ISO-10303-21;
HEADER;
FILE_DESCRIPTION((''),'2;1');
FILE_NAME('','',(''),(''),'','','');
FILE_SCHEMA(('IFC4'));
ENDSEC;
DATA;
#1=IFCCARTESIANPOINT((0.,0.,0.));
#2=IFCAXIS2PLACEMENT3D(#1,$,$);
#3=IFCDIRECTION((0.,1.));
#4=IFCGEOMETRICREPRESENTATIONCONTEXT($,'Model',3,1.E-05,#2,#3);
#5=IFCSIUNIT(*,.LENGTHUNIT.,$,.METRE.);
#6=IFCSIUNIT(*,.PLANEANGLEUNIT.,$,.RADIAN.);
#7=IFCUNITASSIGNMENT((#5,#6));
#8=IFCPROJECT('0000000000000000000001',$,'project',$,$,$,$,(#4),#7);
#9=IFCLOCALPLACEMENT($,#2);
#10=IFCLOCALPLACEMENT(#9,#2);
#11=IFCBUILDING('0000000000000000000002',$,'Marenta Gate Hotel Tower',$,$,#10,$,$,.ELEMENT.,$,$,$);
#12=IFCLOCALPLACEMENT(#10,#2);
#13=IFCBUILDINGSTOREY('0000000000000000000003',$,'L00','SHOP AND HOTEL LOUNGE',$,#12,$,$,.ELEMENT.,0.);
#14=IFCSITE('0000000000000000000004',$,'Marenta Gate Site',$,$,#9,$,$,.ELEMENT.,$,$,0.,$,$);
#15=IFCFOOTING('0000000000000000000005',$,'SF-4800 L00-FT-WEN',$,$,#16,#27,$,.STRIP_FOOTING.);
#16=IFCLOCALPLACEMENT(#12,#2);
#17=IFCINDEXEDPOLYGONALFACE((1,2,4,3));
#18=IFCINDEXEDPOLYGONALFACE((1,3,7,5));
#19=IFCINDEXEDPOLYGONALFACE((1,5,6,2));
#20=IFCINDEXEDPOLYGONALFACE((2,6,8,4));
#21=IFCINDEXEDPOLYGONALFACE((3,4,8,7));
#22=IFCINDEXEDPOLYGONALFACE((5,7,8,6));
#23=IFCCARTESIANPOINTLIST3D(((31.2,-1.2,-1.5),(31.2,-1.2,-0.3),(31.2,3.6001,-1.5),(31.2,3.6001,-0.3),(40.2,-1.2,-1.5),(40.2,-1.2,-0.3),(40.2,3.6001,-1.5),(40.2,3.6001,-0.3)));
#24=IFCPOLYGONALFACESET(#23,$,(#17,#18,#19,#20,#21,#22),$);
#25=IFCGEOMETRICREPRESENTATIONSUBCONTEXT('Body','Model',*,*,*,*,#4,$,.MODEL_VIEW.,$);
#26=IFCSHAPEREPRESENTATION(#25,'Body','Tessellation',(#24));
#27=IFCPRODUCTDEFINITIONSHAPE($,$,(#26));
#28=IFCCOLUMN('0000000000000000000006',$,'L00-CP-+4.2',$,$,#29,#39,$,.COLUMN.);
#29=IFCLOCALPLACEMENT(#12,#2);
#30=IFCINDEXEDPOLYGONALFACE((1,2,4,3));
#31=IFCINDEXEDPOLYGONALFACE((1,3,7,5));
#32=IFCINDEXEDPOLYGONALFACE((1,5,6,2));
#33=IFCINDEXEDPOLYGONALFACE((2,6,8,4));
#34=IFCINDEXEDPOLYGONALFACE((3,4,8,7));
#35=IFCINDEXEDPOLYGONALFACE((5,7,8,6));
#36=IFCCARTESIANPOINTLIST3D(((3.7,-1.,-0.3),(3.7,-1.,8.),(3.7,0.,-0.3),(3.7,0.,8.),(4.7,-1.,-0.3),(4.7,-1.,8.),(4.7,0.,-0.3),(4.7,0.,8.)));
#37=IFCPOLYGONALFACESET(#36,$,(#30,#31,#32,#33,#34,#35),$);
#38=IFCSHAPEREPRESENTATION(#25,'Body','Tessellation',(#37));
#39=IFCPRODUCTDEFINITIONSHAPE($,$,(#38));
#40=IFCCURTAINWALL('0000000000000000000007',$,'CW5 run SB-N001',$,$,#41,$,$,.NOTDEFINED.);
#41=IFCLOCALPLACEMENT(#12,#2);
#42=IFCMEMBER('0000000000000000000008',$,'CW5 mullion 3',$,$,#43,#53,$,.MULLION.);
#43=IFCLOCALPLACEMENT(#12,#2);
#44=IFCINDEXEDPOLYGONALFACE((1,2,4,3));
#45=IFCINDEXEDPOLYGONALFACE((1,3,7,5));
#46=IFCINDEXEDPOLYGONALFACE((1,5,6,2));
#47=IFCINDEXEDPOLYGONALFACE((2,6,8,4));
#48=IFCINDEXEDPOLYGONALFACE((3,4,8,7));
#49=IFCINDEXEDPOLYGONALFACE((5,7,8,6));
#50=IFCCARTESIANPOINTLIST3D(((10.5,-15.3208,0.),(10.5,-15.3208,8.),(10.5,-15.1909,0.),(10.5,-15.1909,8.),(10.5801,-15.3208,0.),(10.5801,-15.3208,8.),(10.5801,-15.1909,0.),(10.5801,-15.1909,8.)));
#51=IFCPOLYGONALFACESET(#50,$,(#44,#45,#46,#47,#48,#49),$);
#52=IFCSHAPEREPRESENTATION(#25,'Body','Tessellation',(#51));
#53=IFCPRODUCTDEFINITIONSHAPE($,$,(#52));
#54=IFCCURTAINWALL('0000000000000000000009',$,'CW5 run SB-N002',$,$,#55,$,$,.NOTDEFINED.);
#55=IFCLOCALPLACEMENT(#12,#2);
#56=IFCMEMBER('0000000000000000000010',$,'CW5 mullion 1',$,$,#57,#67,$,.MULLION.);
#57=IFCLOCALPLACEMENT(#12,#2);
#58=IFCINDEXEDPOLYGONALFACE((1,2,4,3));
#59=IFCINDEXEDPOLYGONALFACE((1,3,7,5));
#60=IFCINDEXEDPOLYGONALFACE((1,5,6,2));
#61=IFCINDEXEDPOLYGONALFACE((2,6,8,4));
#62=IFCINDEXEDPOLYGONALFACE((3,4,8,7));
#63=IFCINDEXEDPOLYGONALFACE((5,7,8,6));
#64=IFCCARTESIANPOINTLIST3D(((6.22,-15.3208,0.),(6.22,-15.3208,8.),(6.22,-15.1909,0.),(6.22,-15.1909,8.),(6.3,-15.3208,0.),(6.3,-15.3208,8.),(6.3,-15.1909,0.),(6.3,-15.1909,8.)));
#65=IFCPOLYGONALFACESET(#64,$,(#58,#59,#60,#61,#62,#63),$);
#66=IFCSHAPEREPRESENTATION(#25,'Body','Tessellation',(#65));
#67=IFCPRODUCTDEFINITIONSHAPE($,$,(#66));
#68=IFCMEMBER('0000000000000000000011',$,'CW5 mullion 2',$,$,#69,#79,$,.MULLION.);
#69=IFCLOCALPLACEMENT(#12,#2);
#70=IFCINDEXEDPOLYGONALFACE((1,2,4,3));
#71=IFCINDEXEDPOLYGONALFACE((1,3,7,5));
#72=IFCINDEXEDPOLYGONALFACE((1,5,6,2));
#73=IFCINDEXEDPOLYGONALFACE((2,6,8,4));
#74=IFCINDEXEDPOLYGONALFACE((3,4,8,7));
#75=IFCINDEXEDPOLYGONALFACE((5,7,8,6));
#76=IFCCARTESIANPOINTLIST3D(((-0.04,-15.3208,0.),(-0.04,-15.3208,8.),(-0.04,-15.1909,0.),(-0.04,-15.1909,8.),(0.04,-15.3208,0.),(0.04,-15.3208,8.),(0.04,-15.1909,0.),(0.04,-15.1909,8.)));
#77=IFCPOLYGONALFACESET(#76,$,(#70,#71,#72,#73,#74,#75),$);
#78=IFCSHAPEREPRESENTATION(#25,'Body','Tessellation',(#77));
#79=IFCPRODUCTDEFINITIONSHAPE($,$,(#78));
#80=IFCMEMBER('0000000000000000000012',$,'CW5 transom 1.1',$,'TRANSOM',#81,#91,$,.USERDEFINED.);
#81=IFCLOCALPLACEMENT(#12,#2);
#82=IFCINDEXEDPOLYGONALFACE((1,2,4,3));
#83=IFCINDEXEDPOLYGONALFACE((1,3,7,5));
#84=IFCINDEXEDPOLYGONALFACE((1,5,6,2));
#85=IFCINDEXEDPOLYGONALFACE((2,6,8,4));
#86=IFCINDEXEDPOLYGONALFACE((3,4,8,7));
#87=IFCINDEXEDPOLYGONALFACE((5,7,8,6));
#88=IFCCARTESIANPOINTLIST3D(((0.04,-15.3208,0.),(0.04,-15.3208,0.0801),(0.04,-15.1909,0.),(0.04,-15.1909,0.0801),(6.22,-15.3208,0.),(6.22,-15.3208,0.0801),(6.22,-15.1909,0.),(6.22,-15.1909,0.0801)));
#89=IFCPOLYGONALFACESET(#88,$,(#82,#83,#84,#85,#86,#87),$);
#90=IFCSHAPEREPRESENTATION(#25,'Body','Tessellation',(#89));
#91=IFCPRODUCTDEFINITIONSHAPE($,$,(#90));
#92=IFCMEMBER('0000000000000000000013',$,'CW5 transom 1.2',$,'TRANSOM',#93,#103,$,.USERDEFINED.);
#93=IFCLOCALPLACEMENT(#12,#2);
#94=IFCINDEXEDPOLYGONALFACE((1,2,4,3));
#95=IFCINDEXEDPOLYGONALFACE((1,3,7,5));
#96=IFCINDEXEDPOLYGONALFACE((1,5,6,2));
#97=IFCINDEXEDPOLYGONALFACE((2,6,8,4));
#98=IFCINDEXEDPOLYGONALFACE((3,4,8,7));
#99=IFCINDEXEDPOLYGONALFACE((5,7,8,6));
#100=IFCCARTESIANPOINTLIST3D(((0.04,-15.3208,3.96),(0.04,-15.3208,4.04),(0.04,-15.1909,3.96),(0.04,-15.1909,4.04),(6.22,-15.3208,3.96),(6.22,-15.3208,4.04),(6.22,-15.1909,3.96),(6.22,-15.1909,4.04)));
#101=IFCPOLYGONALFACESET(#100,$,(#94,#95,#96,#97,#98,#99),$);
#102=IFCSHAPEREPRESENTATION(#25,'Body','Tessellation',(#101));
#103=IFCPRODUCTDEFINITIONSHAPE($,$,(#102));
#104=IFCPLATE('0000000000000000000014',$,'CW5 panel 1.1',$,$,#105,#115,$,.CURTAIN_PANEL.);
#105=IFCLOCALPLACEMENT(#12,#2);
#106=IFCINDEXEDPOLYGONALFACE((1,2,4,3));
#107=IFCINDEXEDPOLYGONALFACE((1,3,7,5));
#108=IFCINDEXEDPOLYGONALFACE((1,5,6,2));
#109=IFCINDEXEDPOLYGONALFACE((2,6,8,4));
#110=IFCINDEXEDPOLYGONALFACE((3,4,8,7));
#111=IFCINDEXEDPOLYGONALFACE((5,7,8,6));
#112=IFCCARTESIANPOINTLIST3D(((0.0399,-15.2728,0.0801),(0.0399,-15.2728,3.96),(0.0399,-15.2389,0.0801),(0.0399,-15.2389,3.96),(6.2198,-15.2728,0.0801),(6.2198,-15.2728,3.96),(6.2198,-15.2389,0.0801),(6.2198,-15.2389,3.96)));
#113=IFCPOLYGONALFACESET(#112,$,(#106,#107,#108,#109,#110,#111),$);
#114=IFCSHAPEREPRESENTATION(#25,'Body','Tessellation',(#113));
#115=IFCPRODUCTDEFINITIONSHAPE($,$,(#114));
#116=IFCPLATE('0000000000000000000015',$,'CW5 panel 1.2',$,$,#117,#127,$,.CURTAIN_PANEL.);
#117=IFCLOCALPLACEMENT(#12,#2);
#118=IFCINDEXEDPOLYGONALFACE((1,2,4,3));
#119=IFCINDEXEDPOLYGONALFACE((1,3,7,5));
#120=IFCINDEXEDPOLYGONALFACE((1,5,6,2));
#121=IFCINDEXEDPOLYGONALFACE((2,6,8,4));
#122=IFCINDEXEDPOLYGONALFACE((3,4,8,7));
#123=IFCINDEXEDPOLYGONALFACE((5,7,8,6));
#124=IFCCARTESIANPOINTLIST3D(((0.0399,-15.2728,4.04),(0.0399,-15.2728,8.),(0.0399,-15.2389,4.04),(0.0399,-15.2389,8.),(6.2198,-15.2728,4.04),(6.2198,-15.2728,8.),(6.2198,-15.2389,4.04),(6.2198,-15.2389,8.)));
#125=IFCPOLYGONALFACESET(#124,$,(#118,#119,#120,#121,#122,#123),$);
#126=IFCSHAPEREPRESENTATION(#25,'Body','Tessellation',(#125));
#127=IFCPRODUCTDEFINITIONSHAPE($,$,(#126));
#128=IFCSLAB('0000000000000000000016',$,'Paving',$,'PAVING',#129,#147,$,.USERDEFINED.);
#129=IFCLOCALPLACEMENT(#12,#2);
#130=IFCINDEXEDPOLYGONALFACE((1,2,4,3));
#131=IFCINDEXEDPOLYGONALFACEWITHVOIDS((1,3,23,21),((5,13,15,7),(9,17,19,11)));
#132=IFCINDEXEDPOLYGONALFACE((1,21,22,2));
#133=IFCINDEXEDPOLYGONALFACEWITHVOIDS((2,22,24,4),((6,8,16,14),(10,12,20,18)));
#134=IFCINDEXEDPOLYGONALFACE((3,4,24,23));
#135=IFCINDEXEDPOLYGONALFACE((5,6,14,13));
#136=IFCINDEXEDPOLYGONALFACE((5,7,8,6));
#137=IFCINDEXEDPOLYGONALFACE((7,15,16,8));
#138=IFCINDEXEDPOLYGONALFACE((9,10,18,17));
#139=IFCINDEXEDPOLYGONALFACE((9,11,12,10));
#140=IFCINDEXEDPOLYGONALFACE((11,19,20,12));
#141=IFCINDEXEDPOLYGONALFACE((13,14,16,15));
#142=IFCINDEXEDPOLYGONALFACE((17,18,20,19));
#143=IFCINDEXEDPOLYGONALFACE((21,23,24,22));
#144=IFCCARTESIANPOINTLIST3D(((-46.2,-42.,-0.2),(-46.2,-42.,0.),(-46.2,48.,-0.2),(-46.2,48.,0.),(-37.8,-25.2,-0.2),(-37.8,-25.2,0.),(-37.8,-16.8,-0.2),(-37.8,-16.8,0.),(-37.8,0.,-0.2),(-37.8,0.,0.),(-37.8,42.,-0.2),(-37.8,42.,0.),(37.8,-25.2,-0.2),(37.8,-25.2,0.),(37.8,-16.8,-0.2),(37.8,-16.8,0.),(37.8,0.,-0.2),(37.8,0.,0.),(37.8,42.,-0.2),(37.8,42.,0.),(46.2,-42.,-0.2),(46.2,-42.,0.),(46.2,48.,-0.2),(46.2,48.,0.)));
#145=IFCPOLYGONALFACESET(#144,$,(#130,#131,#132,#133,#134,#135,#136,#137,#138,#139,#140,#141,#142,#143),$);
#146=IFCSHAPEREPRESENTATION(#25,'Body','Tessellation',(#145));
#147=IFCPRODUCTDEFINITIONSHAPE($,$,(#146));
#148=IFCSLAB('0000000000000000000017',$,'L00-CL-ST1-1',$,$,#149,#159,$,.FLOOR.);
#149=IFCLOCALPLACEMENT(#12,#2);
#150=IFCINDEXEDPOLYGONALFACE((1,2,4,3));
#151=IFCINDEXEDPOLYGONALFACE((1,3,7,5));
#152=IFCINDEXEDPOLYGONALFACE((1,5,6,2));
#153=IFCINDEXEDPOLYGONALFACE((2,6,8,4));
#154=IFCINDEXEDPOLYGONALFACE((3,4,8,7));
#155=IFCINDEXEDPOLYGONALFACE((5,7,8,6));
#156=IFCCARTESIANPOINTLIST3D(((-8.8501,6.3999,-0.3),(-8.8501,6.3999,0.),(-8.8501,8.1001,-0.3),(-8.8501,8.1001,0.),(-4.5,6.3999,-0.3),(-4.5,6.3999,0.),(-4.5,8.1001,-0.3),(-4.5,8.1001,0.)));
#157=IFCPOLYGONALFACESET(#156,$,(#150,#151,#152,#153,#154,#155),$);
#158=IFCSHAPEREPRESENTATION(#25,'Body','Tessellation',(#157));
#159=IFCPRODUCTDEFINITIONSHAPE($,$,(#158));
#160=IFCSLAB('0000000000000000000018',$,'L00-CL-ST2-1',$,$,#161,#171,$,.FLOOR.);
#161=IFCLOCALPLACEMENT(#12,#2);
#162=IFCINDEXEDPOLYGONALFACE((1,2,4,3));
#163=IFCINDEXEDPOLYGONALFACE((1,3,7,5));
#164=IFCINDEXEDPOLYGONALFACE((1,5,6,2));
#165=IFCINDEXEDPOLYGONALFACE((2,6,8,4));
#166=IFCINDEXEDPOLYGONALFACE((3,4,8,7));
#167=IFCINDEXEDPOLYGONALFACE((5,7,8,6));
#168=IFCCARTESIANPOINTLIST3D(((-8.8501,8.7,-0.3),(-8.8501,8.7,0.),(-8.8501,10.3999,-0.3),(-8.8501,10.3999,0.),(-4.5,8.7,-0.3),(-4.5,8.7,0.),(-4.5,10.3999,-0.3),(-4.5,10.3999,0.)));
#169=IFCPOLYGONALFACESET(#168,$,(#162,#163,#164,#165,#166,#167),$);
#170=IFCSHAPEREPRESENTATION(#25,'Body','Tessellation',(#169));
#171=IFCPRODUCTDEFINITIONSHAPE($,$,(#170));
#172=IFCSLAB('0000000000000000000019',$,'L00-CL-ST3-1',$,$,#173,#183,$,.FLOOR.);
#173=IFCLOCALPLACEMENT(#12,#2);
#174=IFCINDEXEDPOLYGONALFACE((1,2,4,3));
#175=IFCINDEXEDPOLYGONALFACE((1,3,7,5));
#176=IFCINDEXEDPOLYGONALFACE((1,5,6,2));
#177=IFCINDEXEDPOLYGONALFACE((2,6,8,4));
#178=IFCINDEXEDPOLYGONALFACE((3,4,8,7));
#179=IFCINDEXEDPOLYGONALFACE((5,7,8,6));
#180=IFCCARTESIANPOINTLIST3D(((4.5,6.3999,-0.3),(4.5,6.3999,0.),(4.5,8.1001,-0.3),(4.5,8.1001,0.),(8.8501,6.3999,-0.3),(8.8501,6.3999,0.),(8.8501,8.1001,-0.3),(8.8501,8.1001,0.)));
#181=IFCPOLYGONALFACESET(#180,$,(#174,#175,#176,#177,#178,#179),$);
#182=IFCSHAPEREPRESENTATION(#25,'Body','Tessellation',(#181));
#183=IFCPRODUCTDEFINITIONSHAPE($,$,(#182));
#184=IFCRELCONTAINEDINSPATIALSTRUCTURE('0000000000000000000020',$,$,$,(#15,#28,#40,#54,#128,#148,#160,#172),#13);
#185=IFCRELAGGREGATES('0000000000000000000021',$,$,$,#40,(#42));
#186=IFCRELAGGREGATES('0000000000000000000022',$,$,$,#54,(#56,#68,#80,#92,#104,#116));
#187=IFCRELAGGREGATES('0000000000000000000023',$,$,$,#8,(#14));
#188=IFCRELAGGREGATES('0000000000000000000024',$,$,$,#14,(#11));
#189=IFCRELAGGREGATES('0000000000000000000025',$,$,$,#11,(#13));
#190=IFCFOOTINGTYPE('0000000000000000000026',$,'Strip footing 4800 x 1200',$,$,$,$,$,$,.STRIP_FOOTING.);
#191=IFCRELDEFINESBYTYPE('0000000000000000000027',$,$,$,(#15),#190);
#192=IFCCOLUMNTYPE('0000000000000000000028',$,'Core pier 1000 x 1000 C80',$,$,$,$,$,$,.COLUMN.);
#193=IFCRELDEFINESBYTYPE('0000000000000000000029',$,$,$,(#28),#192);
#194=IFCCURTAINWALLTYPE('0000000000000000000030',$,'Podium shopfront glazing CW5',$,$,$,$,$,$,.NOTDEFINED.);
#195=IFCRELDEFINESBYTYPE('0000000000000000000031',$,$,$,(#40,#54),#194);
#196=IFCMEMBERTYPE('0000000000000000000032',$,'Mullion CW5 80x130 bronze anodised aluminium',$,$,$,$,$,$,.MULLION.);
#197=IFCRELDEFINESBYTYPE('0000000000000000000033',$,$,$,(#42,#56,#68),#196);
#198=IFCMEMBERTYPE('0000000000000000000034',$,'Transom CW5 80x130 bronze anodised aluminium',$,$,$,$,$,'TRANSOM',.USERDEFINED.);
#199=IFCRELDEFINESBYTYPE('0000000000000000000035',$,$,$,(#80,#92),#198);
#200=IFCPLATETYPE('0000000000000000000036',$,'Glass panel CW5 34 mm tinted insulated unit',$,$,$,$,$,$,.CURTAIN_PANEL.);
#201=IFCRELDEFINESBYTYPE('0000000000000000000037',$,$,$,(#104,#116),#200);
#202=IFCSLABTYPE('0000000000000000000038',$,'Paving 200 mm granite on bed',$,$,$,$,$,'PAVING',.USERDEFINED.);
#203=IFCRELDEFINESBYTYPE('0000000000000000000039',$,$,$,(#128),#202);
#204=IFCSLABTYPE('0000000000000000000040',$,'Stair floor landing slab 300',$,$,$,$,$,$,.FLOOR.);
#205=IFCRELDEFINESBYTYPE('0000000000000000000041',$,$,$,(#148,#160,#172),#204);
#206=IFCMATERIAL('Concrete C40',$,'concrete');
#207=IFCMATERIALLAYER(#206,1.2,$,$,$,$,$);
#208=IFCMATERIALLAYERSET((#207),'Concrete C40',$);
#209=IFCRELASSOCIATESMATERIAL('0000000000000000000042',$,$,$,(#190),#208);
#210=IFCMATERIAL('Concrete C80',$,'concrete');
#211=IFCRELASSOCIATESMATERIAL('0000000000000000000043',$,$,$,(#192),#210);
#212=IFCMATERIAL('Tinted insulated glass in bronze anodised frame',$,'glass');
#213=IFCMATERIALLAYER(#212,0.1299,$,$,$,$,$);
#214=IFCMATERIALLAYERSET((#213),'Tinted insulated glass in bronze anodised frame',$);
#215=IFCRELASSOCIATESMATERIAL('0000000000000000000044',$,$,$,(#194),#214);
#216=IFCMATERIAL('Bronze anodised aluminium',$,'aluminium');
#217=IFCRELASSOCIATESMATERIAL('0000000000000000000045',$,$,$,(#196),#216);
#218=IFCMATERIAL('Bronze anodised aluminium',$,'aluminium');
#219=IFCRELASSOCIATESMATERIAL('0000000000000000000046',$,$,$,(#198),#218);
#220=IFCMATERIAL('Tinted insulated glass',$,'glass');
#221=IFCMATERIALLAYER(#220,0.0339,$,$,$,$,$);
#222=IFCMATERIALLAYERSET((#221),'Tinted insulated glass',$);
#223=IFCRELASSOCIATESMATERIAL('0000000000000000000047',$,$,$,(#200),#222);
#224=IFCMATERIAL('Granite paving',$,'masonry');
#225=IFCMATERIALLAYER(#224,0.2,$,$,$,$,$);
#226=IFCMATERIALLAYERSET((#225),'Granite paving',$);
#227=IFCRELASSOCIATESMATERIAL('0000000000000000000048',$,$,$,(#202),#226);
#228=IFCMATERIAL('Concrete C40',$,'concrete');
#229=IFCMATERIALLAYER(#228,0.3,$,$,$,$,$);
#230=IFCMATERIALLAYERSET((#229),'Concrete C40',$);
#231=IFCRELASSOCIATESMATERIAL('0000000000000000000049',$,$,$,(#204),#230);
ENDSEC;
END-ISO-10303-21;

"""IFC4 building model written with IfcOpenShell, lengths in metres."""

from ifc_helpers import new_model, si_unit, direction, frame, origin, origin_2d, place, context, subcontext, project, spatial, polyline, rectangle, outline, extrude, material, layer, layer_set, material_profile, profile_set, type_object, element, aggregate, save


model = new_model("IFC4")

# Units and contexts
model_context = context("Model", 3, precision=1e-05, world=origin(), true_north=direction((0.0, 1.0)))
body_context = subcontext(model_context, "Body", "Model", "MODEL_VIEW")
ifc_project = project(units=[si_unit("LENGTHUNIT", "METRE"), si_unit("PLANEANGLEUNIT", "RADIAN")], contexts=[model_context])

# Site, building, storey
site_placement = place(None, origin())
site = spatial("IfcSite", under=ifc_project, at=site_placement, Name="Marenta Gate Site", CompositionType="ELEMENT", RefElevation=0.0)
building_placement = place(site_placement, origin())
building = spatial("IfcBuilding", under=site, at=building_placement, Name="Marenta Gate Hotel Tower", CompositionType="ELEMENT")
storey_placement = place(building_placement, origin())
storey = spatial("IfcBuildingStorey", under=building, at=storey_placement, Name="L00", Description="SHOP AND HOTEL LOUNGE", CompositionType="ELEMENT", Elevation=0.0)

# Footing
ifc_material_1 = material(Name="Concrete C40", Category="concrete")
ifc_layer_1 = layer(ifc_material_1, 1.2)
ifc_layer_set_1 = layer_set([ifc_layer_1], Name="Concrete C40")
footing_type_1 = type_object("IfcFootingType", Name="Strip footing 4800 x 1200", PredefinedType="STRIP_FOOTING", material=ifc_layer_set_1)
footing_1_placement = place(storey_placement, frame((0.0, 0.0, -1.5)))
element("IfcFooting", 1, at=footing_1_placement, inside=storey, type_object=footing_type_1, Name="SF-4800 L00-FT-WEN", PredefinedType="STRIP_FOOTING", context=body_context, shape_type="SweptSolid", body=[
    extrude(outline(polyline([(31.2, -1.2), (40.2, -1.2), (40.2, 3.6001), (31.2, 3.6001), (31.2, -1.2)])), origin(), (0.0, 0.0, 1.0), 1.2),
])

# Column
ifc_material_2 = material(Name="Concrete C80", Category="concrete")
ifc_material_profile_1 = material_profile(ifc_material_2, rectangle(XDim=1.0, YDim=1.0, at=origin_2d()), Name="1000 x 1000")
ifc_profile_set_1 = profile_set([ifc_material_profile_1], Name="Concrete C80")
column_type = type_object("IfcColumnType", Name="Core pier 1000 x 1000 C80", PredefinedType="COLUMN", material=ifc_profile_set_1)
column_placement = place(storey_placement, frame((4.2, -0.5, -0.3), z_axis=(0.0, 0.0, 1.0), x_axis=(1.0, 0.0, 0.0)))
element("IfcColumn", 2, at=column_placement, inside=storey, type_object=column_type, Name="L00-CP-+4.2", PredefinedType="COLUMN", context=body_context, shape_type="SweptSolid", body=[
    extrude(rectangle(XDim=1.0, YDim=1.0, at=origin_2d()), origin(), (0.0, 0.0, 1.0), 8.3),
])

# Curtain wall, member
ifc_material_3 = material(Name="Tinted insulated glass in bronze anodised frame", Category="glass")
ifc_layer_2 = layer(ifc_material_3, 0.1299)
ifc_layer_set_2 = layer_set([ifc_layer_2], Name="Tinted insulated glass in bronze anodised frame")
curtain_wall_type = type_object("IfcCurtainWallType", Name="Podium shopfront glazing CW5", PredefinedType="NOTDEFINED", material=ifc_layer_set_2)
curtain_wall_1_placement = place(storey_placement, origin())
curtain_wall_1 = element("IfcCurtainWall", 3, at=curtain_wall_1_placement, inside=storey, type_object=curtain_wall_type, Name="CW5 run SB-N001", PredefinedType="NOTDEFINED")
ifc_material_4 = material(Name="Bronze anodised aluminium", Category="aluminium")
ifc_material_profile_2 = material_profile(ifc_material_4, rectangle(XDim=0.1299, YDim=0.0801, at=origin_2d()), Name="Mullion CW5 80x130 bronze anodised aluminium")
ifc_profile_set_2 = profile_set([ifc_material_profile_2], Name="Bronze anodised aluminium")
member_type_1 = type_object("IfcMemberType", Name="Mullion CW5 80x130 bronze anodised aluminium", PredefinedType="MULLION", material=ifc_profile_set_2)
member_1_placement = place(storey_placement, frame((10.54, -15.2559, 0.0), z_axis=(0.0, 0.0, 1.0), x_axis=(0.0, -1.0, 0.0)))
member_1 = element("IfcMember", 4, at=member_1_placement, type_object=member_type_1, Name="CW5 mullion 3", PredefinedType="MULLION", context=body_context, shape_type="SweptSolid", body=[
    extrude(rectangle(XDim=0.1299, YDim=0.0801, at=origin_2d()), origin(), (0.0, 0.0, 1.0), 8.0),
])
aggregate(curtain_wall_1, [member_1])

# Curtain wall, members, plates
curtain_wall_2_placement = place(storey_placement, origin())
curtain_wall_2 = element("IfcCurtainWall", 5, at=curtain_wall_2_placement, inside=storey, type_object=curtain_wall_type, Name="CW5 run SB-N002", PredefinedType="NOTDEFINED")
member_2_placement = place(storey_placement, frame((6.26, -15.2559, 0.0), z_axis=(0.0, 0.0, 1.0), x_axis=(0.0, -1.0, 0.0)))
member_2 = element("IfcMember", 6, at=member_2_placement, type_object=member_type_1, Name="CW5 mullion 1", PredefinedType="MULLION", context=body_context, shape_type="SweptSolid", body=[
    extrude(rectangle(XDim=0.1299, YDim=0.0801, at=origin_2d()), origin(), (0.0, 0.0, 1.0), 8.0),
])
member_3_placement = place(storey_placement, frame((0.0, -15.2559, 0.0), z_axis=(0.0, 0.0, 1.0), x_axis=(0.0, -1.0, 0.0)))
member_3 = element("IfcMember", 7, at=member_3_placement, type_object=member_type_1, Name="CW5 mullion 2", PredefinedType="MULLION", context=body_context, shape_type="SweptSolid", body=[
    extrude(rectangle(XDim=0.1299, YDim=0.0801, at=origin_2d()), origin(), (0.0, 0.0, 1.0), 8.0),
])
ifc_material_5 = material(Name="Bronze anodised aluminium", Category="aluminium")
ifc_material_profile_3 = material_profile(ifc_material_5, rectangle(XDim=0.1299, YDim=0.0801, at=origin_2d()), Name="Transom CW5 80x130 bronze anodised aluminium")
ifc_profile_set_3 = profile_set([ifc_material_profile_3], Name="Bronze anodised aluminium")
member_type_2 = type_object("IfcMemberType", Name="Transom CW5 80x130 bronze anodised aluminium", ElementType="TRANSOM", PredefinedType="USERDEFINED", material=ifc_profile_set_3)
member_4_placement = place(storey_placement, frame((6.22, -15.2559, 0.04), z_axis=(-1.0, 0.0, 0.0), x_axis=(0.0, -1.0, 0.0)))
member_4 = element("IfcMember", 8, at=member_4_placement, type_object=member_type_2, Name="CW5 transom 1.1", ObjectType="TRANSOM", PredefinedType="USERDEFINED", context=body_context, shape_type="SweptSolid", body=[
    extrude(rectangle(XDim=0.1299, YDim=0.0801, at=origin_2d()), origin(), (0.0, 0.0, 1.0), 6.1799),
])
member_5_placement = place(storey_placement, frame((6.22, -15.2559, 4.0), z_axis=(-1.0, 0.0, 0.0), x_axis=(0.0, -1.0, 0.0)))
member_5 = element("IfcMember", 9, at=member_5_placement, type_object=member_type_2, Name="CW5 transom 1.2", ObjectType="TRANSOM", PredefinedType="USERDEFINED", context=body_context, shape_type="SweptSolid", body=[
    extrude(rectangle(XDim=0.1299, YDim=0.0801, at=origin_2d()), origin(), (0.0, 0.0, 1.0), 6.1799),
])
ifc_material_6 = material(Name="Tinted insulated glass", Category="glass")
ifc_layer_3 = layer(ifc_material_6, 0.0339)
ifc_layer_set_3 = layer_set([ifc_layer_3], Name="Tinted insulated glass")
plate_type = type_object("IfcPlateType", Name="Glass panel CW5 34 mm tinted insulated unit", PredefinedType="CURTAIN_PANEL", material=ifc_layer_set_3)
plate_1_placement = place(storey_placement, frame((3.1299, -15.2559, 0.0801), z_axis=(0.0, 0.0, 1.0), x_axis=(-1.0, 0.0, 0.0)))
plate_1 = element("IfcPlate", 10, at=plate_1_placement, type_object=plate_type, Name="CW5 panel 1.1", PredefinedType="CURTAIN_PANEL", context=body_context, shape_type="SweptSolid", body=[
    extrude(rectangle(XDim=6.1799, YDim=0.0339, at=origin_2d()), origin(), (0.0, 0.0, 1.0), 3.8799),
])
plate_2_placement = place(storey_placement, frame((3.1299, -15.2559, 4.04), z_axis=(0.0, 0.0, 1.0), x_axis=(-1.0, 0.0, 0.0)))
plate_2 = element("IfcPlate", 11, at=plate_2_placement, type_object=plate_type, Name="CW5 panel 1.2", PredefinedType="CURTAIN_PANEL", context=body_context, shape_type="SweptSolid", body=[
    extrude(rectangle(XDim=6.1799, YDim=0.0339, at=origin_2d()), origin(), (0.0, 0.0, 1.0), 3.96),
])
aggregate(curtain_wall_2, [member_2, member_3, member_4, member_5, plate_1, plate_2])

# Slabs
ifc_material_7 = material(Name="Granite paving", Category="masonry")
ifc_layer_4 = layer(ifc_material_7, 0.2)
ifc_layer_set_4 = layer_set([ifc_layer_4], Name="Granite paving")
slab_type_1 = type_object("IfcSlabType", Name="Paving 200 mm granite on bed", ElementType="PAVING", PredefinedType="USERDEFINED", material=ifc_layer_set_4)
slab_1_placement = place(storey_placement, frame((0.0, 0.0, -0.2)))
element("IfcSlab", 12, at=slab_1_placement, inside=storey, type_object=slab_type_1, Name="Paving", ObjectType="PAVING", PredefinedType="USERDEFINED", context=body_context, shape_type="SweptSolid", body=[
    extrude(outline(polyline([(-46.2, -42.0), (-46.2, 48.0), (46.2, 48.0), (46.2, -42.0), (-46.2, -42.0)]), holes=[polyline([(37.8, -25.2), (37.8, -16.8), (-37.8, -16.8), (-37.8, -25.2), (37.8, -25.2)]), polyline([(37.8, 0.0), (37.8, 42.0), (-37.8, 42.0), (-37.8, 0.0), (37.8, 0.0)])]), origin(), (0.0, 0.0, 1.0), 0.2),
])
ifc_material_8 = material(Name="Concrete C40", Category="concrete")
ifc_layer_5 = layer(ifc_material_8, 0.3)
ifc_layer_set_5 = layer_set([ifc_layer_5], Name="Concrete C40")
slab_type_2 = type_object("IfcSlabType", Name="Stair floor landing slab 300", PredefinedType="FLOOR", material=ifc_layer_set_5)
slab_2_placement = place(storey_placement, frame((0.0, 0.0, -0.3)))
element("IfcSlab", 13, at=slab_2_placement, inside=storey, type_object=slab_type_2, Name="L00-CL-ST1-1", PredefinedType="FLOOR", context=body_context, shape_type="SweptSolid", body=[
    extrude(outline(polyline([(-4.5, 6.3999), (-8.8501, 6.3999), (-8.8501, 8.1001), (-4.5, 8.1001), (-4.5, 6.3999)])), origin(), (0.0, 0.0, 1.0), 0.3),
])
slab_3_placement = place(storey_placement, frame((0.0, 0.0, -0.3)))
element("IfcSlab", 14, at=slab_3_placement, inside=storey, type_object=slab_type_2, Name="L00-CL-ST2-1", PredefinedType="FLOOR", context=body_context, shape_type="SweptSolid", body=[
    extrude(outline(polyline([(-4.5, 8.7), (-8.8501, 8.7), (-8.8501, 10.3999), (-4.5, 10.3999), (-4.5, 8.7)])), origin(), (0.0, 0.0, 1.0), 0.3),
])
slab_4_placement = place(storey_placement, frame((0.0, 0.0, -0.3)))
element("IfcSlab", 15, at=slab_4_placement, inside=storey, type_object=slab_type_2, Name="L00-CL-ST3-1", PredefinedType="FLOOR", context=body_context, shape_type="SweptSolid", body=[
    extrude(outline(polyline([(4.5, 6.3999), (4.5, 8.1001), (8.8501, 8.1001), (8.8501, 6.3999), (4.5, 6.3999)])), origin(), (0.0, 0.0, 1.0), 0.3),
])

save(model, "model.ifc")
